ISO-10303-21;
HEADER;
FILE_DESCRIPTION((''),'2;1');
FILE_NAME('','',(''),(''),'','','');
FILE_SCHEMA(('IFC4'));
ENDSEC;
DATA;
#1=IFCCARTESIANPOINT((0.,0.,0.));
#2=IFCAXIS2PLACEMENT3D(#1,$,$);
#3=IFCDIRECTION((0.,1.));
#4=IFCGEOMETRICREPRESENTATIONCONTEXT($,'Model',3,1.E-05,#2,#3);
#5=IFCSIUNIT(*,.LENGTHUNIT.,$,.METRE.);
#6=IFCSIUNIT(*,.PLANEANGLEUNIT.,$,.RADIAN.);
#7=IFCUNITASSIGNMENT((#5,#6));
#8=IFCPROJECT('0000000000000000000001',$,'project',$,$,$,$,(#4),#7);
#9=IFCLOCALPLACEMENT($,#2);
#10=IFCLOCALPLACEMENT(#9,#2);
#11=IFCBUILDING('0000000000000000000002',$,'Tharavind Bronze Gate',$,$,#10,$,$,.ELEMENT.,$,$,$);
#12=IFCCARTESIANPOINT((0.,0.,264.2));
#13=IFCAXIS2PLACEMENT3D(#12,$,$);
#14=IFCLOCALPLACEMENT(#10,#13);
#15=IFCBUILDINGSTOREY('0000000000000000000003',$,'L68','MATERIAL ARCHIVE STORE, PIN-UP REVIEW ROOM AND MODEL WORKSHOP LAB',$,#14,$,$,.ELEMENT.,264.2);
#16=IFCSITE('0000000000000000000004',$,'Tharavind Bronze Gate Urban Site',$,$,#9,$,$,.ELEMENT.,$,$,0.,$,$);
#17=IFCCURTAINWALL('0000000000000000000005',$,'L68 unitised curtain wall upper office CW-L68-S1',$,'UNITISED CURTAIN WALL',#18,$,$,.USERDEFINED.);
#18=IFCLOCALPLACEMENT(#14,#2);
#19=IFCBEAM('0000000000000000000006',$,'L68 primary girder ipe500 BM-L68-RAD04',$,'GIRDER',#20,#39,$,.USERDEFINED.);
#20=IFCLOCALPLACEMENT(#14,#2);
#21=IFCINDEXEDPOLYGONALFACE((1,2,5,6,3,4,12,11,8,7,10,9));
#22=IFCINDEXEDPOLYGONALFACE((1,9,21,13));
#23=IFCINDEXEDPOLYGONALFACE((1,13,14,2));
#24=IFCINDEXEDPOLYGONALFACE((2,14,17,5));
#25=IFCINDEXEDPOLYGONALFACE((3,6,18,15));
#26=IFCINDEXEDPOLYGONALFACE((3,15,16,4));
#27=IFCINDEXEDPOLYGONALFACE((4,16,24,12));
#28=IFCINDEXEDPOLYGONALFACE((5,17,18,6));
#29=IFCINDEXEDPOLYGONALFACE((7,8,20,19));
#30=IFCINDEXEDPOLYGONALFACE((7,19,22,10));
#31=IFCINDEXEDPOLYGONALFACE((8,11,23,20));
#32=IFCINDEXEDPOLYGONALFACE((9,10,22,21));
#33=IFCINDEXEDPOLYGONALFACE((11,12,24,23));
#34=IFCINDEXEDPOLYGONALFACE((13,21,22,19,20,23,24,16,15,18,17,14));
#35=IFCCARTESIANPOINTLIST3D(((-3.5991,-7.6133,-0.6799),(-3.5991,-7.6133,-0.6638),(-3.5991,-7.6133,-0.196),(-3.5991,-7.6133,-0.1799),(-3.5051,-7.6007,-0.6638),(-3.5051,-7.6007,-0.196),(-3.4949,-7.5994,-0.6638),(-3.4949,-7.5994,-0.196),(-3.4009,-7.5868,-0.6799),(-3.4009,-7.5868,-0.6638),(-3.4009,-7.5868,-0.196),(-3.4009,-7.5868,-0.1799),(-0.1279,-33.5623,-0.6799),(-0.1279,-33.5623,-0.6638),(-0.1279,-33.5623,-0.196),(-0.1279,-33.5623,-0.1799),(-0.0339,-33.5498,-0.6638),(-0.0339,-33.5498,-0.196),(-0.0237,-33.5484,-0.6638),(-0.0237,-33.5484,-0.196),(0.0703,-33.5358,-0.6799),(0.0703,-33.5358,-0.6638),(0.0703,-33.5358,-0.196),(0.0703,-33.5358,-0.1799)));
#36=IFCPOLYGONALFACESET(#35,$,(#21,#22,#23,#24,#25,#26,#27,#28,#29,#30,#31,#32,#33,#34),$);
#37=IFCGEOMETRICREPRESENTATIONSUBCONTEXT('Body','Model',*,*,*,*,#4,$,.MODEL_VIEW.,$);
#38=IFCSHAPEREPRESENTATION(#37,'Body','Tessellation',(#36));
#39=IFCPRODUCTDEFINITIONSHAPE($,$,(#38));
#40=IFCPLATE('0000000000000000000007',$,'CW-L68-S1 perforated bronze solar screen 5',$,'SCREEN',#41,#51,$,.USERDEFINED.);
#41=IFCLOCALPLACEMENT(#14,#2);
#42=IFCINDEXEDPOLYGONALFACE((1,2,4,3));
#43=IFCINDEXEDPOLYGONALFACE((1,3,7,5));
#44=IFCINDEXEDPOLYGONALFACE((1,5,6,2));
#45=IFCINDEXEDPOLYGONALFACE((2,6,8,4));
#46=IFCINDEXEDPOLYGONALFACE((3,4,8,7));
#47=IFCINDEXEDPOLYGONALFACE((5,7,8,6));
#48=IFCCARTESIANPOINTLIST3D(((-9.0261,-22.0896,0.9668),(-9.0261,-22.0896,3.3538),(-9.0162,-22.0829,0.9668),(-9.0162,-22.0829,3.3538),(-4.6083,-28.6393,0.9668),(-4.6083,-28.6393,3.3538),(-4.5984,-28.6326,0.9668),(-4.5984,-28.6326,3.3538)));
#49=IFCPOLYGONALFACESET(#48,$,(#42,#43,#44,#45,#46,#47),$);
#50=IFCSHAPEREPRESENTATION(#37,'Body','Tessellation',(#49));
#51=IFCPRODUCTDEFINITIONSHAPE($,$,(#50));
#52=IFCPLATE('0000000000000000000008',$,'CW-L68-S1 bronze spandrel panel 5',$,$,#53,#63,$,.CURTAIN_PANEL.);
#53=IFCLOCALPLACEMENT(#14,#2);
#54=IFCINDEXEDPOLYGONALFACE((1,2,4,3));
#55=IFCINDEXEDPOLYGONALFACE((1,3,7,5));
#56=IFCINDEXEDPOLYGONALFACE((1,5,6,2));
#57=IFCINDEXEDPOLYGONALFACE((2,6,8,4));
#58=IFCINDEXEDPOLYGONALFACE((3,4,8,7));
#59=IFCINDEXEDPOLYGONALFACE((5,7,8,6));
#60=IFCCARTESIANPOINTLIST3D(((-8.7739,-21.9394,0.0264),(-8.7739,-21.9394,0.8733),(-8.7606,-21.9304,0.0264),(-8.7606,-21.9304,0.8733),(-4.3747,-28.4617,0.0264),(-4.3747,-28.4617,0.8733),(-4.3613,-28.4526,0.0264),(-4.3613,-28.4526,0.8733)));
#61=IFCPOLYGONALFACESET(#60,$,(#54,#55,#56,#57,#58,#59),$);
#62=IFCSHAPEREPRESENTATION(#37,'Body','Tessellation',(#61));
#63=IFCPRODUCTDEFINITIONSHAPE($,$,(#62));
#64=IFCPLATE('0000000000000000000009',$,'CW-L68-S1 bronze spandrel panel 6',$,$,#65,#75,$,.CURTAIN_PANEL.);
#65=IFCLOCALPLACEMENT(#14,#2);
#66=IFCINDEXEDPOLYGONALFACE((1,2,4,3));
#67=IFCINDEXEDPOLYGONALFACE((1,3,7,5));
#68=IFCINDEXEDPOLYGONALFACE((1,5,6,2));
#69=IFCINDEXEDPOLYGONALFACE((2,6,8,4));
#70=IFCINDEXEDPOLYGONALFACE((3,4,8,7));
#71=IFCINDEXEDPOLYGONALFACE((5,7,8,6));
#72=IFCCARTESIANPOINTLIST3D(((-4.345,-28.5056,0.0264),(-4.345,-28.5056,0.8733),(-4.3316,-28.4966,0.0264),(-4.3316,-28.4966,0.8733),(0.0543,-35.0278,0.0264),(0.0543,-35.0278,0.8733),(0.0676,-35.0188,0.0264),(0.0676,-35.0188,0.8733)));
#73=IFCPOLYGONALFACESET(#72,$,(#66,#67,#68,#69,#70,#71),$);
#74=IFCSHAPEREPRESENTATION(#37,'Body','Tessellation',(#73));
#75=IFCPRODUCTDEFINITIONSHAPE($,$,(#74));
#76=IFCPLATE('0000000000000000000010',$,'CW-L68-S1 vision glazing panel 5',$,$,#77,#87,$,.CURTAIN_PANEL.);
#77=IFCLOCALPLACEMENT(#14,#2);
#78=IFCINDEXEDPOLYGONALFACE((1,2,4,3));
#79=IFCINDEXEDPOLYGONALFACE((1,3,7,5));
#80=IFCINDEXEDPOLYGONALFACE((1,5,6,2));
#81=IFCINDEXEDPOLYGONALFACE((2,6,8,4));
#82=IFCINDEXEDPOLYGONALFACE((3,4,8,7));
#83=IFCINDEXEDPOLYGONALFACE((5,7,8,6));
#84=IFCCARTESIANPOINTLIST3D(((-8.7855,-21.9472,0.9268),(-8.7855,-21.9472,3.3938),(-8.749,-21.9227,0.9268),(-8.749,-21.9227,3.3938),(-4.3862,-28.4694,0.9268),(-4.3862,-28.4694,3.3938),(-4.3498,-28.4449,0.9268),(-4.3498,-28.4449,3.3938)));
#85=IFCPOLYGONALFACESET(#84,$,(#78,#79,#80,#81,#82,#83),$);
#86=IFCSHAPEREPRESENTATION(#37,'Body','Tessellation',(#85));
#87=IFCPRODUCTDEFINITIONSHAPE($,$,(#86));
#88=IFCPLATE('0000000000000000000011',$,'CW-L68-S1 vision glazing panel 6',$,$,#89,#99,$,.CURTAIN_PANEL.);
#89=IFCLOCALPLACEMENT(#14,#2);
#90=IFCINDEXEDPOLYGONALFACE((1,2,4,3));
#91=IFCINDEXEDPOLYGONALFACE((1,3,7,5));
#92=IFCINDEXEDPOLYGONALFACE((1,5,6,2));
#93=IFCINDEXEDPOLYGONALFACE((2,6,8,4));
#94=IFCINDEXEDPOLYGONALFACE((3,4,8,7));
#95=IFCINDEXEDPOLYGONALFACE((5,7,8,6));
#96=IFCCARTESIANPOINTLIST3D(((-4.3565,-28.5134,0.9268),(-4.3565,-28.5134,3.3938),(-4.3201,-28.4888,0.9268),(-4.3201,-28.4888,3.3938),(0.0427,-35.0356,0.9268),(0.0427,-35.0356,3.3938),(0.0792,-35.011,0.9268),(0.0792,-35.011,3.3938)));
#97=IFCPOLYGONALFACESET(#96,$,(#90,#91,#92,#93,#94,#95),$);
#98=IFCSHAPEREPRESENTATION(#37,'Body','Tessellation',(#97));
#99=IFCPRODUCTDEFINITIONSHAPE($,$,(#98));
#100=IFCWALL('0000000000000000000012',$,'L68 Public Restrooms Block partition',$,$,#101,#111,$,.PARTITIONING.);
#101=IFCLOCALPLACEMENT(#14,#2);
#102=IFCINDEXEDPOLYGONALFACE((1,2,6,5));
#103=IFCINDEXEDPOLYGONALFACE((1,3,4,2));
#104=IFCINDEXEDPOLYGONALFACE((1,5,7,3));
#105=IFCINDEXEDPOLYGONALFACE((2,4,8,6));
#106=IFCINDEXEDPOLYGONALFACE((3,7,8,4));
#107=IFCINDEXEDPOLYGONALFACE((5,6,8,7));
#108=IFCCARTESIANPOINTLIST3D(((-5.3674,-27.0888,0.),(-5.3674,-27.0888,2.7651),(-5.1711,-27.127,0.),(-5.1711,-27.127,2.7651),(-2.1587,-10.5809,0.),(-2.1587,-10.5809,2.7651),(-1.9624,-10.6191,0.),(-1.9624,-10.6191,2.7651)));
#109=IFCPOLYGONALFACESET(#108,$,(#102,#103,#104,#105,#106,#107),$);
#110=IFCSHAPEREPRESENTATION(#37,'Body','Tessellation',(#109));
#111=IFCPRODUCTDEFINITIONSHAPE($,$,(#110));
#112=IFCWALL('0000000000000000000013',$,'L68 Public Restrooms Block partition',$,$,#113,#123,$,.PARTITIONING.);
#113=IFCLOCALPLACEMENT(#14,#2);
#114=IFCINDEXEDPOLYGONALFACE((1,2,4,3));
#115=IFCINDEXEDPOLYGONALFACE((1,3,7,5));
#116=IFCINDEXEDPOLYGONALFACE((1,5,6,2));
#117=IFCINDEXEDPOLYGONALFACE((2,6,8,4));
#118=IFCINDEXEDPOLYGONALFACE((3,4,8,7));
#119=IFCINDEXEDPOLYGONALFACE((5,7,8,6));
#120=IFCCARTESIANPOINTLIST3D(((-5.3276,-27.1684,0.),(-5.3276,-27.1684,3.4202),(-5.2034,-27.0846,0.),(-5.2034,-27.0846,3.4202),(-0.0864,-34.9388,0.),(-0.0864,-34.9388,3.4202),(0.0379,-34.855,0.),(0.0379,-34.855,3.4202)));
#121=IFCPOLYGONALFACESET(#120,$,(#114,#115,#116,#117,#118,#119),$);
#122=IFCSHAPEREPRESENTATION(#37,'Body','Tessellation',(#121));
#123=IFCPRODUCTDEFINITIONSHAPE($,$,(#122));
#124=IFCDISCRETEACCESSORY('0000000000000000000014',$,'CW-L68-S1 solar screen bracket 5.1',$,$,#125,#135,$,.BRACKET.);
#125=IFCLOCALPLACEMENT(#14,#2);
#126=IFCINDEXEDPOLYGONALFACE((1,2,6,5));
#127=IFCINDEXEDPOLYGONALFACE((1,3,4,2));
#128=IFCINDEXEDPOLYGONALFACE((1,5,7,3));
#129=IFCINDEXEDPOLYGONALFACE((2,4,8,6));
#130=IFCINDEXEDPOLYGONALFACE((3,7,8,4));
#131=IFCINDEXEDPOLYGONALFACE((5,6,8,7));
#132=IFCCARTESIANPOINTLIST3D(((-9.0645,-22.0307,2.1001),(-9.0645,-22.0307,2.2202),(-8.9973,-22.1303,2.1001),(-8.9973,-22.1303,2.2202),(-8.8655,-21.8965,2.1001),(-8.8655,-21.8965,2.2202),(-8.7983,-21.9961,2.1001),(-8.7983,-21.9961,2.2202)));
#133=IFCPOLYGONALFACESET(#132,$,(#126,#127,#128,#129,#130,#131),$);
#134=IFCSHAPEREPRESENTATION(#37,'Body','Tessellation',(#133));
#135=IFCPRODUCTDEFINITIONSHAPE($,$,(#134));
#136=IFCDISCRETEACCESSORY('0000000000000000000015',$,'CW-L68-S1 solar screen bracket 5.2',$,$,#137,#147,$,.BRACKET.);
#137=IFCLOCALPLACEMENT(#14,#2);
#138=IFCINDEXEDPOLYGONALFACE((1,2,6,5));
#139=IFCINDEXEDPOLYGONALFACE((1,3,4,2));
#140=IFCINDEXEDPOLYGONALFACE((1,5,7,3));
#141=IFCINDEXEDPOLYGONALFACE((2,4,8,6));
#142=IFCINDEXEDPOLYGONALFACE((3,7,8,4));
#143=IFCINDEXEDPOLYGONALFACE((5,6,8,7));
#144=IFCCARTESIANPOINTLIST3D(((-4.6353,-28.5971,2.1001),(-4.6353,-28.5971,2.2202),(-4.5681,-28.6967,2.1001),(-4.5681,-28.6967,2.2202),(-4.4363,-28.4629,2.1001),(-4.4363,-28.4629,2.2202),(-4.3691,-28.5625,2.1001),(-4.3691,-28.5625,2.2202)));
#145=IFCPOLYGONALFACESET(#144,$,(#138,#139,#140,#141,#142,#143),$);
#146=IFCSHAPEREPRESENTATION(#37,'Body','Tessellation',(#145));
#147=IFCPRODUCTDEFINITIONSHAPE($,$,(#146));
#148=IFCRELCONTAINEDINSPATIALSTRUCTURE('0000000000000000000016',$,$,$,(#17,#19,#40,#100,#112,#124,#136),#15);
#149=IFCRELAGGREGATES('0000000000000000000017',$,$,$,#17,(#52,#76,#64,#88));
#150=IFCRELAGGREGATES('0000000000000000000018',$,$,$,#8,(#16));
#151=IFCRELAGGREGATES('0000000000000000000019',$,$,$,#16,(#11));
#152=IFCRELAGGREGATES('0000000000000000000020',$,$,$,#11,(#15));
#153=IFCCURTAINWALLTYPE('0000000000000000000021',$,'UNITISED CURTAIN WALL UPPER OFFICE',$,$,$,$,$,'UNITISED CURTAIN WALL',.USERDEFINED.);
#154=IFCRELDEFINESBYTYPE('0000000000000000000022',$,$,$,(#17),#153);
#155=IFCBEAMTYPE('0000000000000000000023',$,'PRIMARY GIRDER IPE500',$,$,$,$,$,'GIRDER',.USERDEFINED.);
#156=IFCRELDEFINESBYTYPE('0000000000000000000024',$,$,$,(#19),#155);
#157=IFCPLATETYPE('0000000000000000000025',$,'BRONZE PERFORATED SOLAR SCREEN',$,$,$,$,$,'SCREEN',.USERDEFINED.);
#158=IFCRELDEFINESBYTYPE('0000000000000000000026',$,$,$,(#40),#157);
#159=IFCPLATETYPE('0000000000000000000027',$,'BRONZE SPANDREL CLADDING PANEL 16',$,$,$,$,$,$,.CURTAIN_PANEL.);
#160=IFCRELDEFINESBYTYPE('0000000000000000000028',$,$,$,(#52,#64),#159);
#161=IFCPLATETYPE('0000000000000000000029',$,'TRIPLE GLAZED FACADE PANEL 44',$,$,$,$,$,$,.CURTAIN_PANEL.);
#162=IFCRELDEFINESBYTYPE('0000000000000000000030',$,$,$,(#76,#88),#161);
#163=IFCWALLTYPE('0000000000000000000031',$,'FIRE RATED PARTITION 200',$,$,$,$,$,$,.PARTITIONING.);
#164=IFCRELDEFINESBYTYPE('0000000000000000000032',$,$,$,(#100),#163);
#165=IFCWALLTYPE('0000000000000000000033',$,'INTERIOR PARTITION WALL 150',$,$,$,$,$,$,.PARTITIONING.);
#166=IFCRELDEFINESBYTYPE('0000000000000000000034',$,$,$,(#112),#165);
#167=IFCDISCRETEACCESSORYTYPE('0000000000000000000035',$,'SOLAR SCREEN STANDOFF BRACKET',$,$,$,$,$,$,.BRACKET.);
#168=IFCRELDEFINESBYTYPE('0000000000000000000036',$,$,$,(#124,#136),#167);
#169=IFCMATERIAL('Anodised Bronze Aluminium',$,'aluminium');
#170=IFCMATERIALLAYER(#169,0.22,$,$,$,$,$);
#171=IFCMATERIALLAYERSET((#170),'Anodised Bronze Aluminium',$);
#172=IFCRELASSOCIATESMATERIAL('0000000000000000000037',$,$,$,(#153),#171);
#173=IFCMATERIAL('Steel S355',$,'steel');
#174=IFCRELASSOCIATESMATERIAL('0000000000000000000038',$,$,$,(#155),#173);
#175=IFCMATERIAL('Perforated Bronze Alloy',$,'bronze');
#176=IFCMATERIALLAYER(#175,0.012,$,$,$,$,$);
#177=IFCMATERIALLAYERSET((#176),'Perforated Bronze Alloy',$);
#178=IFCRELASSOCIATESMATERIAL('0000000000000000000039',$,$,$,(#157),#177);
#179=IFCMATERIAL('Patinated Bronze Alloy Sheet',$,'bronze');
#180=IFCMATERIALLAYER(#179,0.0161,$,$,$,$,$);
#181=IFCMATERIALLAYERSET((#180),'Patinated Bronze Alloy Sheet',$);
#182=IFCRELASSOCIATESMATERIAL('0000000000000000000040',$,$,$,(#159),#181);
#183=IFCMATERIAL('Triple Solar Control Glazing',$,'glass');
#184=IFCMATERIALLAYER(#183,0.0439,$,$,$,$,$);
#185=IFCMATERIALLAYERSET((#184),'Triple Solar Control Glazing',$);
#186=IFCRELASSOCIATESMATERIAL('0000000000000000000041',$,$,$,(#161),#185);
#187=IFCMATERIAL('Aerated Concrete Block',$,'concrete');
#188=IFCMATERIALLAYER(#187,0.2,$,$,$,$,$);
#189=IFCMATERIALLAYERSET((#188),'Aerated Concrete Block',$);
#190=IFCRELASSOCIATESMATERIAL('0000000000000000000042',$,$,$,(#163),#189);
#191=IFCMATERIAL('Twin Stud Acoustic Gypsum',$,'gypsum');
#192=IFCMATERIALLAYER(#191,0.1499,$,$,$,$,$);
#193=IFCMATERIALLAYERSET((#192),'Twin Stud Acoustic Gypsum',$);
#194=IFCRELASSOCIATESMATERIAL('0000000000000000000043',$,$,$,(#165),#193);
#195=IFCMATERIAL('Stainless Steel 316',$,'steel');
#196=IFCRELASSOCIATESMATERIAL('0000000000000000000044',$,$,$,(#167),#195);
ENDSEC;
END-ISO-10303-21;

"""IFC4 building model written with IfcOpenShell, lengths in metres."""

from ifc_helpers import new_model, si_unit, direction, frame, frame_2d, origin, origin_2d, place, context, subcontext, project, spatial, rectangle, i_section, extrude, material, layer, layer_set, material_profile, profile_set, type_object, element, aggregate, save


model = new_model("IFC4")

# Units and contexts
model_context = context("Model", 3, precision=1e-05, world=origin(), true_north=direction((0.0, 1.0)))
body_context = subcontext(model_context, "Body", "Model", "MODEL_VIEW")
ifc_project = project(units=[si_unit("LENGTHUNIT", "METRE"), si_unit("PLANEANGLEUNIT", "RADIAN")], contexts=[model_context])

# Site, building, storey
site_placement = place(None, origin())
site = spatial("IfcSite", under=ifc_project, at=site_placement, Name="Tharavind Bronze Gate Urban Site", CompositionType="ELEMENT", RefElevation=0.0)
building_placement = place(site_placement, origin())
building = spatial("IfcBuilding", under=site, at=building_placement, Name="Tharavind Bronze Gate", CompositionType="ELEMENT")
storey_placement = place(building_placement, frame((0.0, 0.0, 264.2)))
storey = spatial("IfcBuildingStorey", under=building, at=storey_placement, Name="L68", Description="MATERIAL ARCHIVE STORE, PIN-UP REVIEW ROOM AND MODEL WORKSHOP LAB", CompositionType="ELEMENT", Elevation=264.2)

# Curtain wall
ifc_material_1 = material(Name="Anodised Bronze Aluminium", Category="aluminium")
ifc_layer_1 = layer(ifc_material_1, 0.22)
ifc_layer_set_1 = layer_set([ifc_layer_1], Name="Anodised Bronze Aluminium")
curtain_wall_type = type_object("IfcCurtainWallType", Name="UNITISED CURTAIN WALL UPPER OFFICE", ElementType="UNITISED CURTAIN WALL", PredefinedType="USERDEFINED", material=ifc_layer_set_1)
curtain_wall_placement = place(storey_placement, origin())
curtain_wall = element("IfcCurtainWall", 1, at=curtain_wall_placement, inside=storey, type_object=curtain_wall_type, Name="L68 unitised curtain wall upper office CW-L68-S1", ObjectType="UNITISED CURTAIN WALL", PredefinedType="USERDEFINED")

# Beam
ifc_material_2 = material(Name="Steel S355", Category="steel")
ifc_material_profile_1 = material_profile(ifc_material_2, i_section(OverallWidth=0.2, OverallDepth=0.5, WebThickness=0.0103, FlangeThickness=0.0161, at=origin_2d()), Name="IPE500")
ifc_profile_set_1 = profile_set([ifc_material_profile_1], Name="Steel S355")
beam_type_1 = type_object("IfcBeamType", Name="PRIMARY GIRDER IPE500", ElementType="GIRDER", PredefinedType="USERDEFINED", material=ifc_profile_set_1)
beam_1_placement = place(storey_placement, frame((-0.0288, -33.5491, -0.4299), z_axis=(-0.132589, 0.991171, 0.0), x_axis=(-0.991171, -0.132589, 0.0)))
element("IfcBeam", 2, at=beam_1_placement, inside=storey, type_object=beam_type_1, Name="L68 primary girder ipe500 BM-L68-RAD04", ObjectType="GIRDER", PredefinedType="USERDEFINED", context=body_context, shape_type="SweptSolid", body=[
    extrude(i_section(OverallWidth=0.2, OverallDepth=0.5, WebThickness=0.0103, FlangeThickness=0.0161, at=origin_2d()), origin(), (0.0, 0.0, 1.0), 26.1802),
])

# Plates
ifc_material_3 = material(Name="Perforated Bronze Alloy", Category="bronze")
ifc_layer_2 = layer(ifc_material_3, 0.012)
ifc_layer_set_2 = layer_set([ifc_layer_2], Name="Perforated Bronze Alloy")
plate_type_1 = type_object("IfcPlateType", Name="BRONZE PERFORATED SOLAR SCREEN", ElementType="SCREEN", PredefinedType="USERDEFINED", material=ifc_layer_set_2)
plate_1_placement = place(storey_placement, frame((-6.8123, -25.3611, 0.9668), z_axis=(0.0, 0.0, 1.0), x_axis=(0.559191, -0.829039, 0.0)))
element("IfcPlate", 3, at=plate_1_placement, inside=storey, type_object=plate_type_1, Name="CW-L68-S1 perforated bronze solar screen 5", ObjectType="SCREEN", PredefinedType="USERDEFINED", context=body_context, shape_type="SweptSolid", body=[
    extrude(rectangle(XDim=7.9004, YDim=0.012, at=origin_2d()), origin(), (0.0, 0.0, 1.0), 2.387),
])
ifc_material_4 = material(Name="Patinated Bronze Alloy Sheet", Category="bronze")
ifc_layer_3 = layer(ifc_material_4, 0.0161)
ifc_layer_set_3 = layer_set([ifc_layer_3], Name="Patinated Bronze Alloy Sheet")
plate_type_2 = type_object("IfcPlateType", Name="BRONZE SPANDREL CLADDING PANEL 16", PredefinedType="CURTAIN_PANEL", material=ifc_layer_set_3)
plate_2_placement = place(storey_placement, frame((-6.5676, -25.196, 0.0264), z_axis=(0.0, 0.0, 1.0), x_axis=(0.559191, -0.829039, 0.0)))
plate_2 = element("IfcPlate", 4, at=plate_2_placement, type_object=plate_type_2, Name="CW-L68-S1 bronze spandrel panel 5", PredefinedType="CURTAIN_PANEL", context=body_context, shape_type="SweptSolid", body=[
    extrude(rectangle(XDim=7.8672, YDim=0.0161, at=origin_2d()), origin(), (0.0, 0.0, 1.0), 0.8469),
])
plate_3_placement = place(storey_placement, frame((-2.1387, -31.7622, 0.0264), z_axis=(0.0, 0.0, 1.0), x_axis=(0.559191, -0.829039, 0.0)))
plate_3 = element("IfcPlate", 5, at=plate_3_placement, type_object=plate_type_2, Name="CW-L68-S1 bronze spandrel panel 6", PredefinedType="CURTAIN_PANEL", context=body_context, shape_type="SweptSolid", body=[
    extrude(rectangle(XDim=7.8672, YDim=0.0161, at=origin_2d()), origin(), (0.0, 0.0, 1.0), 0.8469),
])
ifc_material_5 = material(Name="Triple Solar Control Glazing", Category="glass")
ifc_layer_4 = layer(ifc_material_5, 0.0439)
ifc_layer_set_4 = layer_set([ifc_layer_4], Name="Triple Solar Control Glazing")
plate_type_3 = type_object("IfcPlateType", Name="TRIPLE GLAZED FACADE PANEL 44", PredefinedType="CURTAIN_PANEL", material=ifc_layer_set_4)
plate_4_placement = place(storey_placement, frame((-6.5676, -25.196, 0.9268), z_axis=(0.0, 0.0, 1.0), x_axis=(0.559191, -0.829039, 0.0)))
plate_4 = element("IfcPlate", 6, at=plate_4_placement, type_object=plate_type_3, Name="CW-L68-S1 vision glazing panel 5", PredefinedType="CURTAIN_PANEL", context=body_context, shape_type="SweptSolid", body=[
    extrude(rectangle(XDim=7.8672, YDim=0.0439, at=origin_2d()), origin(), (0.0, 0.0, 1.0), 2.467),
])
plate_5_placement = place(storey_placement, frame((-2.1387, -31.7622, 0.9268), z_axis=(0.0, 0.0, 1.0), x_axis=(0.559191, -0.829039, 0.0)))
plate_5 = element("IfcPlate", 7, at=plate_5_placement, type_object=plate_type_3, Name="CW-L68-S1 vision glazing panel 6", PredefinedType="CURTAIN_PANEL", context=body_context, shape_type="SweptSolid", body=[
    extrude(rectangle(XDim=7.8672, YDim=0.0439, at=origin_2d()), origin(), (0.0, 0.0, 1.0), 2.467),
])
aggregate(curtain_wall, [plate_2, plate_4, plate_3, plate_5])

# Walls
ifc_material_6 = material(Name="Aerated Concrete Block", Category="concrete")
ifc_layer_5 = layer(ifc_material_6, 0.2)
ifc_layer_set_5 = layer_set([ifc_layer_5], Name="Aerated Concrete Block")
wall_type_1 = type_object("IfcWallType", Name="FIRE RATED PARTITION 200", PredefinedType="PARTITIONING", material=ifc_layer_set_5)
wall_1_placement = place(storey_placement, frame((-5.2693, -27.1079, 0.0), z_axis=(0.0, 0.0, 1.0), x_axis=(0.190806, 0.981628, 0.0)))
element("IfcWall", 8, at=wall_1_placement, inside=storey, type_object=wall_type_1, Name="L68 Public Restrooms Block partition", PredefinedType="PARTITIONING", context=body_context, shape_type="SweptSolid", body=[
    extrude(rectangle(XDim=16.8169, YDim=0.2, at=frame_2d((8.4084, 0.0))), origin(), (0.0, 0.0, 1.0), 2.7651),
])
ifc_material_7 = material(Name="Twin Stud Acoustic Gypsum", Category="gypsum")
ifc_layer_6 = layer(ifc_material_7, 0.1499)
ifc_layer_set_6 = layer_set([ifc_layer_6], Name="Twin Stud Acoustic Gypsum")
wall_type_2 = type_object("IfcWallType", Name="INTERIOR PARTITION WALL 150", PredefinedType="PARTITIONING", material=ifc_layer_set_6)
wall_2_placement = place(storey_placement, frame((-0.0242, -34.897, 0.0), z_axis=(0.0, 0.0, 1.0), x_axis=(-0.5592, 0.829033, 0.0)))
element("IfcWall", 9, at=wall_2_placement, inside=storey, type_object=wall_type_2, Name="L68 Public Restrooms Block partition", PredefinedType="PARTITIONING", context=body_context, shape_type="SweptSolid", body=[
    extrude(rectangle(XDim=9.3728, YDim=0.1499, at=frame_2d((4.6865, 0.0))), origin(), (0.0, 0.0, 1.0), 3.4202),
])

# Discrete accessories
ifc_material_8 = material(Name="Stainless Steel 316", Category="steel")
discrete_accessory_type = type_object("IfcDiscreteAccessoryType", Name="SOLAR SCREEN STANDOFF BRACKET", PredefinedType="BRACKET", material=ifc_material_8)
for number, where, z_axis, x_axis, name in (
    (10, (-8.9314, -22.0134, 2.1001), (0.0, 0.0, 1.0), (0.559191, -0.829039, 0.0), "CW-L68-S1 solar screen bracket 5.1"),
    (11, (-4.5022, -28.5798, 2.1001), (0.0, 0.0, 1.0), (0.559191, -0.829039, 0.0), "CW-L68-S1 solar screen bracket 5.2"),
):
    element("IfcDiscreteAccessory", number, at=place(storey_placement, frame(where, z_axis=z_axis, x_axis=x_axis)), inside=storey, type_object=discrete_accessory_type, Name=name, PredefinedType="BRACKET", context=body_context, shape_type="SweptSolid", body=[
        extrude(rectangle(XDim=0.1201, YDim=0.24, at=origin_2d()), origin(), (0.0, 0.0, 1.0), 0.1201),
    ])

save(model, "model.ifc")
